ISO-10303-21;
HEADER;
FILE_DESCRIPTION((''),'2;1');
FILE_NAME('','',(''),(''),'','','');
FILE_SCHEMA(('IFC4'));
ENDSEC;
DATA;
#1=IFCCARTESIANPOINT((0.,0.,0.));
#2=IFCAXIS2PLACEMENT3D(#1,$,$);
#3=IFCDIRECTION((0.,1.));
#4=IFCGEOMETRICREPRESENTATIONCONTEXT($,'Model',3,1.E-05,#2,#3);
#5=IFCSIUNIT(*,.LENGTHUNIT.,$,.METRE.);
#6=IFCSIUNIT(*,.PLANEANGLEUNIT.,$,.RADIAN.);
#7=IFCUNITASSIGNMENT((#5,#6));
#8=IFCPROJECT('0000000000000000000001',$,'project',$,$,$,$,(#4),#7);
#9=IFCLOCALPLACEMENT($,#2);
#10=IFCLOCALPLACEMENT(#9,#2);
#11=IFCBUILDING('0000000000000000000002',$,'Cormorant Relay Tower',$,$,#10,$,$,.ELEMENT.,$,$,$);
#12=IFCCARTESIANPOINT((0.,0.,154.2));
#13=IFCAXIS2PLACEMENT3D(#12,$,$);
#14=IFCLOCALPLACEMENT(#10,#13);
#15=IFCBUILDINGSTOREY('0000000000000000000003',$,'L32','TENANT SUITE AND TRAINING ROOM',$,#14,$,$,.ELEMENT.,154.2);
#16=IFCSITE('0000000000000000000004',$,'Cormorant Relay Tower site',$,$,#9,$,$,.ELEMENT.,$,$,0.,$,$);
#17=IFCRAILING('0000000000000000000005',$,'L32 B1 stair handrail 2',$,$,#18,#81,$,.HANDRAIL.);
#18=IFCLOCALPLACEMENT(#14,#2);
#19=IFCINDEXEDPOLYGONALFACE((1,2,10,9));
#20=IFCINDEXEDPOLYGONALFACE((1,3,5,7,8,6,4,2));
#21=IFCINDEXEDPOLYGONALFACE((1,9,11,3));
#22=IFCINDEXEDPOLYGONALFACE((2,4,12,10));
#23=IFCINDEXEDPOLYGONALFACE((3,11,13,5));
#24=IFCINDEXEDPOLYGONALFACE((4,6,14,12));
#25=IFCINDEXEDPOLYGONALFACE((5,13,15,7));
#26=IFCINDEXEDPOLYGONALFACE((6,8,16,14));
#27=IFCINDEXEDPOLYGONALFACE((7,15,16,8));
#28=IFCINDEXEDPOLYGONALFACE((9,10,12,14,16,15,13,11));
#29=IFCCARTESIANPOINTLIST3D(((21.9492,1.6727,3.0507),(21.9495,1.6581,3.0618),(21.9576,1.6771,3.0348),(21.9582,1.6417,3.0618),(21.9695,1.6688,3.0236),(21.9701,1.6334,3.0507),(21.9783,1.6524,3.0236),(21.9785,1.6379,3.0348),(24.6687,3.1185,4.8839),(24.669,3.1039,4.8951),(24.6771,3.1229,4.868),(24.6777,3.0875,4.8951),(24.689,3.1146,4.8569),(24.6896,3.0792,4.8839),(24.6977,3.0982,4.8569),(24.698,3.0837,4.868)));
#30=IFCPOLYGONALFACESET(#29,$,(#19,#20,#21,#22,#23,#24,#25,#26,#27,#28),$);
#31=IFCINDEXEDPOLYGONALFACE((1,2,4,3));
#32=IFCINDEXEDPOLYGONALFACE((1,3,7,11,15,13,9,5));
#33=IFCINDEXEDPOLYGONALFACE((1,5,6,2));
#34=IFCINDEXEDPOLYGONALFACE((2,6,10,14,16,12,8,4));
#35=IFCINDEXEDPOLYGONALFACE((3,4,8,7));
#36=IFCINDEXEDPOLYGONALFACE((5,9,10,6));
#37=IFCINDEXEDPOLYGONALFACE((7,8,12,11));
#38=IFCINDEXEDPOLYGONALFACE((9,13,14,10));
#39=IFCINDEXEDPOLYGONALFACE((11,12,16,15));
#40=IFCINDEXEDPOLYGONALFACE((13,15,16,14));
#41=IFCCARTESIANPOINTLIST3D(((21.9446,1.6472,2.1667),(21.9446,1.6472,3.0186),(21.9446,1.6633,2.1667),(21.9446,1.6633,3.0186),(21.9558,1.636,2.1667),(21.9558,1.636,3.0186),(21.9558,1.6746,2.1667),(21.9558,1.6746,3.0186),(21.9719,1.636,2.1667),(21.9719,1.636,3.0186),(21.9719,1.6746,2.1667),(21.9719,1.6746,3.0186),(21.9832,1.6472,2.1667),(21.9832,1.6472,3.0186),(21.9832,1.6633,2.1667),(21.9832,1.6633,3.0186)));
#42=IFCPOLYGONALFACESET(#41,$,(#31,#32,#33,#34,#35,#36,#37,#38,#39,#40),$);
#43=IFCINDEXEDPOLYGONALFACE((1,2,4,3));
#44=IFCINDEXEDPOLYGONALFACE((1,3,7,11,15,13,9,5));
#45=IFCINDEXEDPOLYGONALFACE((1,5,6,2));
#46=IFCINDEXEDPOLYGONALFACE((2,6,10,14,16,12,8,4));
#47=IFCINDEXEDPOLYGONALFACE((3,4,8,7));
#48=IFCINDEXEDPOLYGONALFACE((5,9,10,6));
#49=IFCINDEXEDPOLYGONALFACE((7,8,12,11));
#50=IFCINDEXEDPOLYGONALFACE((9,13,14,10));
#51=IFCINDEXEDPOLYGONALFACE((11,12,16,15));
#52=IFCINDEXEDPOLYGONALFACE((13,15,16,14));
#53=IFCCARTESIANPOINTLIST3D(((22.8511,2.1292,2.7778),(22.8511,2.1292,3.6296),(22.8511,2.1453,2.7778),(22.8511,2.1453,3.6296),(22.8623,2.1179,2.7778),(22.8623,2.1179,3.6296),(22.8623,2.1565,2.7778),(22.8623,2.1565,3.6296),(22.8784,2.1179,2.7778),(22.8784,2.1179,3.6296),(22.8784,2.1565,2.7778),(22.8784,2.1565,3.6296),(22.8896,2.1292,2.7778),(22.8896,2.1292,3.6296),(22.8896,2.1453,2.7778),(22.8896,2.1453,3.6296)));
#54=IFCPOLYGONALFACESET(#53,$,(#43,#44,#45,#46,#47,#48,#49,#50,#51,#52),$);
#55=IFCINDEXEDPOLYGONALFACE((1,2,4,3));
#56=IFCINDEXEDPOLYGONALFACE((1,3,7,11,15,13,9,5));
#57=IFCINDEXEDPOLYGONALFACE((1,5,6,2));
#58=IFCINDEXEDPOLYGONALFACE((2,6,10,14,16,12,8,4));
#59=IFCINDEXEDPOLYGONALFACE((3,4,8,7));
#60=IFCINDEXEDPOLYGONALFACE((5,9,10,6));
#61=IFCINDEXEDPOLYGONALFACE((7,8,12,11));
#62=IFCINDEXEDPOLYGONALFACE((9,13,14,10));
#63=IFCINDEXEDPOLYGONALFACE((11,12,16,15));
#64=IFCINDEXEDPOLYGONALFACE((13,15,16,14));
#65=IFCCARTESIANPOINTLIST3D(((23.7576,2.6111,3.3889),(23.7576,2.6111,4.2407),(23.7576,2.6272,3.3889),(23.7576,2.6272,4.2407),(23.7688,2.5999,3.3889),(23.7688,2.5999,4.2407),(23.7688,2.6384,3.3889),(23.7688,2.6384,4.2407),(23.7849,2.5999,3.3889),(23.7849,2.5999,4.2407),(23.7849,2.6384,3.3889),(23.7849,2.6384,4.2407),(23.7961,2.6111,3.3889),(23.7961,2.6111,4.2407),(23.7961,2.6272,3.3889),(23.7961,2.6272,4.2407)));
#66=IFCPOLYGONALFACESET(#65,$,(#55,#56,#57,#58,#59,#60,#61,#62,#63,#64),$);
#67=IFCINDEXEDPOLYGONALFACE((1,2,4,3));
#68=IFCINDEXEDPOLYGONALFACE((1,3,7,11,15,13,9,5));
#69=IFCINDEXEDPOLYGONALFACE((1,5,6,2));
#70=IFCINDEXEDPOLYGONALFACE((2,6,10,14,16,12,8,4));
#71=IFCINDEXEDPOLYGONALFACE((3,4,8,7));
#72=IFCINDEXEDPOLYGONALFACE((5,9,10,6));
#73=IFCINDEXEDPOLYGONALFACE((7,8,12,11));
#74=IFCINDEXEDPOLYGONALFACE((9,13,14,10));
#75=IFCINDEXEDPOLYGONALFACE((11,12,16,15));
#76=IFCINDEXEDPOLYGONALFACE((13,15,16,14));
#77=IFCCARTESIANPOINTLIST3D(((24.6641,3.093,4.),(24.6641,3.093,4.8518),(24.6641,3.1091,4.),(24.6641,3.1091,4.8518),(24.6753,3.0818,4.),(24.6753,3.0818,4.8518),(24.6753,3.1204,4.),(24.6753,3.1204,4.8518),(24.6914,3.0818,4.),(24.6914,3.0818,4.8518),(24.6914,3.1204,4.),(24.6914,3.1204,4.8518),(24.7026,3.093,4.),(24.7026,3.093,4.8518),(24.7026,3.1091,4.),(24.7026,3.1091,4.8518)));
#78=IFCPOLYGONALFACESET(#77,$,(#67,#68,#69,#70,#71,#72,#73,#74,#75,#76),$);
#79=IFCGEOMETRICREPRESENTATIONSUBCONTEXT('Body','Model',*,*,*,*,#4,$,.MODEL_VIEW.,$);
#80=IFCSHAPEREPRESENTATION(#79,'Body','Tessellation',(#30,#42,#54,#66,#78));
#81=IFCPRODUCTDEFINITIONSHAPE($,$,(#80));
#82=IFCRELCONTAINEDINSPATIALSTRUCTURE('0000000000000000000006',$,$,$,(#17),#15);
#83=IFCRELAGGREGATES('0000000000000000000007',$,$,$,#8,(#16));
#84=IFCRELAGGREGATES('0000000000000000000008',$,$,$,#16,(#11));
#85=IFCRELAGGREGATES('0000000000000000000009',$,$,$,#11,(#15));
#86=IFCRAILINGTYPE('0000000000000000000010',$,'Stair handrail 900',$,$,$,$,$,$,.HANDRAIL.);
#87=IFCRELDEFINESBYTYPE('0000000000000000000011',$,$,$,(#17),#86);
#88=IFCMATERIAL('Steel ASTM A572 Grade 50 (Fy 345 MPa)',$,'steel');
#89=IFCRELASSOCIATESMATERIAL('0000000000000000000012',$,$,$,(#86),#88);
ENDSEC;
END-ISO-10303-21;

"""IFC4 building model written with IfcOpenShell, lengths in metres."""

from ifc_helpers import new_model, si_unit, direction, frame, origin, place, context, subcontext, project, spatial, polyline, outline, extrude, material, type_object, element, save


model = new_model("IFC4")

# Units and contexts
model_context = context("Model", 3, precision=1e-05, world=origin(), true_north=direction((0.0, 1.0)))
body_context = subcontext(model_context, "Body", "Model", "MODEL_VIEW")
ifc_project = project(units=[si_unit("LENGTHUNIT", "METRE"), si_unit("PLANEANGLEUNIT", "RADIAN")], contexts=[model_context])

# Site, building, storey
site_placement = place(None, origin())
site = spatial("IfcSite", under=ifc_project, at=site_placement, Name="Cormorant Relay Tower site", CompositionType="ELEMENT", RefElevation=0.0)
building_placement = place(site_placement, origin())
building = spatial("IfcBuilding", under=site, at=building_placement, Name="Cormorant Relay Tower", CompositionType="ELEMENT")
storey_placement = place(building_placement, frame((0.0, 0.0, 154.2)))
storey = spatial("IfcBuildingStorey", under=building, at=storey_placement, Name="L32", Description="TENANT SUITE AND TRAINING ROOM", CompositionType="ELEMENT", Elevation=154.2)

# Railing
ifc_material_1 = material(Name="Steel ASTM A572 Grade 50 (Fy 345 MPa)", Category="steel")
railing_type_1 = type_object("IfcRailingType", Name="Stair handrail 900", PredefinedType="HANDRAIL", material=ifc_material_1)
railing_1_placement = place(storey_placement, frame((21.9639, 1.6553, 2.1667)))
element("IfcRailing", 1, at=railing_1_placement, inside=storey, type_object=railing_type_1, Name="L32 B1 stair handrail 2", PredefinedType="HANDRAIL", context=body_context, shape_type="SweptSolid", body=[
    extrude(outline(polyline([(0.0222, 0.0093), (0.0093, 0.0222), (-0.0093, 0.0222), (-0.0222, 0.0093), (-0.0222, -0.0093), (-0.0093, -0.0222), (0.0093, -0.0222), (0.0222, -0.0093), (0.0222, 0.0093)])), frame((0.0, 0.0, 0.876), z_axis=(0.758735, 0.403378, 0.511477), x_axis=(-0.469428, 0.882971, 0.0)), (0.0, 0.0, 1.0), 3.5842),
    extrude(outline(polyline([(0.0193, 0.0081), (0.0081, 0.0193), (-0.0081, 0.0193), (-0.0193, 0.0081), (-0.0193, -0.0081), (-0.0081, -0.0193), (0.0081, -0.0193), (0.0193, -0.0081), (0.0193, 0.0081)])), origin(), (0.0, 0.0, 1.0), 0.8518),
    extrude(outline(polyline([(0.0193, 0.0081), (0.0081, 0.0193), (-0.0081, 0.0193), (-0.0193, 0.0081), (-0.0193, -0.0081), (-0.0081, -0.0193), (0.0081, -0.0193), (0.0193, -0.0081), (0.0193, 0.0081)])), frame((0.9065, 0.4819, 0.6111)), (0.0, 0.0, 1.0), 0.8518),
    extrude(outline(polyline([(0.0193, 0.0081), (0.0081, 0.0193), (-0.0081, 0.0193), (-0.0193, 0.0081), (-0.0193, -0.0081), (-0.0081, -0.0193), (0.0081, -0.0193), (0.0193, -0.0081), (0.0193, 0.0081)])), frame((1.813, 0.9639, 1.2222)), (0.0, 0.0, 1.0), 0.8518),
    extrude(outline(polyline([(0.0193, 0.0081), (0.0081, 0.0193), (-0.0081, 0.0193), (-0.0193, 0.0081), (-0.0193, -0.0081), (-0.0081, -0.0193), (0.0081, -0.0193), (0.0193, -0.0081), (0.0193, 0.0081)])), frame((2.7195, 1.4458, 1.8333)), (0.0, 0.0, 1.0), 0.8518),
])

save(model, "model.ifc")
